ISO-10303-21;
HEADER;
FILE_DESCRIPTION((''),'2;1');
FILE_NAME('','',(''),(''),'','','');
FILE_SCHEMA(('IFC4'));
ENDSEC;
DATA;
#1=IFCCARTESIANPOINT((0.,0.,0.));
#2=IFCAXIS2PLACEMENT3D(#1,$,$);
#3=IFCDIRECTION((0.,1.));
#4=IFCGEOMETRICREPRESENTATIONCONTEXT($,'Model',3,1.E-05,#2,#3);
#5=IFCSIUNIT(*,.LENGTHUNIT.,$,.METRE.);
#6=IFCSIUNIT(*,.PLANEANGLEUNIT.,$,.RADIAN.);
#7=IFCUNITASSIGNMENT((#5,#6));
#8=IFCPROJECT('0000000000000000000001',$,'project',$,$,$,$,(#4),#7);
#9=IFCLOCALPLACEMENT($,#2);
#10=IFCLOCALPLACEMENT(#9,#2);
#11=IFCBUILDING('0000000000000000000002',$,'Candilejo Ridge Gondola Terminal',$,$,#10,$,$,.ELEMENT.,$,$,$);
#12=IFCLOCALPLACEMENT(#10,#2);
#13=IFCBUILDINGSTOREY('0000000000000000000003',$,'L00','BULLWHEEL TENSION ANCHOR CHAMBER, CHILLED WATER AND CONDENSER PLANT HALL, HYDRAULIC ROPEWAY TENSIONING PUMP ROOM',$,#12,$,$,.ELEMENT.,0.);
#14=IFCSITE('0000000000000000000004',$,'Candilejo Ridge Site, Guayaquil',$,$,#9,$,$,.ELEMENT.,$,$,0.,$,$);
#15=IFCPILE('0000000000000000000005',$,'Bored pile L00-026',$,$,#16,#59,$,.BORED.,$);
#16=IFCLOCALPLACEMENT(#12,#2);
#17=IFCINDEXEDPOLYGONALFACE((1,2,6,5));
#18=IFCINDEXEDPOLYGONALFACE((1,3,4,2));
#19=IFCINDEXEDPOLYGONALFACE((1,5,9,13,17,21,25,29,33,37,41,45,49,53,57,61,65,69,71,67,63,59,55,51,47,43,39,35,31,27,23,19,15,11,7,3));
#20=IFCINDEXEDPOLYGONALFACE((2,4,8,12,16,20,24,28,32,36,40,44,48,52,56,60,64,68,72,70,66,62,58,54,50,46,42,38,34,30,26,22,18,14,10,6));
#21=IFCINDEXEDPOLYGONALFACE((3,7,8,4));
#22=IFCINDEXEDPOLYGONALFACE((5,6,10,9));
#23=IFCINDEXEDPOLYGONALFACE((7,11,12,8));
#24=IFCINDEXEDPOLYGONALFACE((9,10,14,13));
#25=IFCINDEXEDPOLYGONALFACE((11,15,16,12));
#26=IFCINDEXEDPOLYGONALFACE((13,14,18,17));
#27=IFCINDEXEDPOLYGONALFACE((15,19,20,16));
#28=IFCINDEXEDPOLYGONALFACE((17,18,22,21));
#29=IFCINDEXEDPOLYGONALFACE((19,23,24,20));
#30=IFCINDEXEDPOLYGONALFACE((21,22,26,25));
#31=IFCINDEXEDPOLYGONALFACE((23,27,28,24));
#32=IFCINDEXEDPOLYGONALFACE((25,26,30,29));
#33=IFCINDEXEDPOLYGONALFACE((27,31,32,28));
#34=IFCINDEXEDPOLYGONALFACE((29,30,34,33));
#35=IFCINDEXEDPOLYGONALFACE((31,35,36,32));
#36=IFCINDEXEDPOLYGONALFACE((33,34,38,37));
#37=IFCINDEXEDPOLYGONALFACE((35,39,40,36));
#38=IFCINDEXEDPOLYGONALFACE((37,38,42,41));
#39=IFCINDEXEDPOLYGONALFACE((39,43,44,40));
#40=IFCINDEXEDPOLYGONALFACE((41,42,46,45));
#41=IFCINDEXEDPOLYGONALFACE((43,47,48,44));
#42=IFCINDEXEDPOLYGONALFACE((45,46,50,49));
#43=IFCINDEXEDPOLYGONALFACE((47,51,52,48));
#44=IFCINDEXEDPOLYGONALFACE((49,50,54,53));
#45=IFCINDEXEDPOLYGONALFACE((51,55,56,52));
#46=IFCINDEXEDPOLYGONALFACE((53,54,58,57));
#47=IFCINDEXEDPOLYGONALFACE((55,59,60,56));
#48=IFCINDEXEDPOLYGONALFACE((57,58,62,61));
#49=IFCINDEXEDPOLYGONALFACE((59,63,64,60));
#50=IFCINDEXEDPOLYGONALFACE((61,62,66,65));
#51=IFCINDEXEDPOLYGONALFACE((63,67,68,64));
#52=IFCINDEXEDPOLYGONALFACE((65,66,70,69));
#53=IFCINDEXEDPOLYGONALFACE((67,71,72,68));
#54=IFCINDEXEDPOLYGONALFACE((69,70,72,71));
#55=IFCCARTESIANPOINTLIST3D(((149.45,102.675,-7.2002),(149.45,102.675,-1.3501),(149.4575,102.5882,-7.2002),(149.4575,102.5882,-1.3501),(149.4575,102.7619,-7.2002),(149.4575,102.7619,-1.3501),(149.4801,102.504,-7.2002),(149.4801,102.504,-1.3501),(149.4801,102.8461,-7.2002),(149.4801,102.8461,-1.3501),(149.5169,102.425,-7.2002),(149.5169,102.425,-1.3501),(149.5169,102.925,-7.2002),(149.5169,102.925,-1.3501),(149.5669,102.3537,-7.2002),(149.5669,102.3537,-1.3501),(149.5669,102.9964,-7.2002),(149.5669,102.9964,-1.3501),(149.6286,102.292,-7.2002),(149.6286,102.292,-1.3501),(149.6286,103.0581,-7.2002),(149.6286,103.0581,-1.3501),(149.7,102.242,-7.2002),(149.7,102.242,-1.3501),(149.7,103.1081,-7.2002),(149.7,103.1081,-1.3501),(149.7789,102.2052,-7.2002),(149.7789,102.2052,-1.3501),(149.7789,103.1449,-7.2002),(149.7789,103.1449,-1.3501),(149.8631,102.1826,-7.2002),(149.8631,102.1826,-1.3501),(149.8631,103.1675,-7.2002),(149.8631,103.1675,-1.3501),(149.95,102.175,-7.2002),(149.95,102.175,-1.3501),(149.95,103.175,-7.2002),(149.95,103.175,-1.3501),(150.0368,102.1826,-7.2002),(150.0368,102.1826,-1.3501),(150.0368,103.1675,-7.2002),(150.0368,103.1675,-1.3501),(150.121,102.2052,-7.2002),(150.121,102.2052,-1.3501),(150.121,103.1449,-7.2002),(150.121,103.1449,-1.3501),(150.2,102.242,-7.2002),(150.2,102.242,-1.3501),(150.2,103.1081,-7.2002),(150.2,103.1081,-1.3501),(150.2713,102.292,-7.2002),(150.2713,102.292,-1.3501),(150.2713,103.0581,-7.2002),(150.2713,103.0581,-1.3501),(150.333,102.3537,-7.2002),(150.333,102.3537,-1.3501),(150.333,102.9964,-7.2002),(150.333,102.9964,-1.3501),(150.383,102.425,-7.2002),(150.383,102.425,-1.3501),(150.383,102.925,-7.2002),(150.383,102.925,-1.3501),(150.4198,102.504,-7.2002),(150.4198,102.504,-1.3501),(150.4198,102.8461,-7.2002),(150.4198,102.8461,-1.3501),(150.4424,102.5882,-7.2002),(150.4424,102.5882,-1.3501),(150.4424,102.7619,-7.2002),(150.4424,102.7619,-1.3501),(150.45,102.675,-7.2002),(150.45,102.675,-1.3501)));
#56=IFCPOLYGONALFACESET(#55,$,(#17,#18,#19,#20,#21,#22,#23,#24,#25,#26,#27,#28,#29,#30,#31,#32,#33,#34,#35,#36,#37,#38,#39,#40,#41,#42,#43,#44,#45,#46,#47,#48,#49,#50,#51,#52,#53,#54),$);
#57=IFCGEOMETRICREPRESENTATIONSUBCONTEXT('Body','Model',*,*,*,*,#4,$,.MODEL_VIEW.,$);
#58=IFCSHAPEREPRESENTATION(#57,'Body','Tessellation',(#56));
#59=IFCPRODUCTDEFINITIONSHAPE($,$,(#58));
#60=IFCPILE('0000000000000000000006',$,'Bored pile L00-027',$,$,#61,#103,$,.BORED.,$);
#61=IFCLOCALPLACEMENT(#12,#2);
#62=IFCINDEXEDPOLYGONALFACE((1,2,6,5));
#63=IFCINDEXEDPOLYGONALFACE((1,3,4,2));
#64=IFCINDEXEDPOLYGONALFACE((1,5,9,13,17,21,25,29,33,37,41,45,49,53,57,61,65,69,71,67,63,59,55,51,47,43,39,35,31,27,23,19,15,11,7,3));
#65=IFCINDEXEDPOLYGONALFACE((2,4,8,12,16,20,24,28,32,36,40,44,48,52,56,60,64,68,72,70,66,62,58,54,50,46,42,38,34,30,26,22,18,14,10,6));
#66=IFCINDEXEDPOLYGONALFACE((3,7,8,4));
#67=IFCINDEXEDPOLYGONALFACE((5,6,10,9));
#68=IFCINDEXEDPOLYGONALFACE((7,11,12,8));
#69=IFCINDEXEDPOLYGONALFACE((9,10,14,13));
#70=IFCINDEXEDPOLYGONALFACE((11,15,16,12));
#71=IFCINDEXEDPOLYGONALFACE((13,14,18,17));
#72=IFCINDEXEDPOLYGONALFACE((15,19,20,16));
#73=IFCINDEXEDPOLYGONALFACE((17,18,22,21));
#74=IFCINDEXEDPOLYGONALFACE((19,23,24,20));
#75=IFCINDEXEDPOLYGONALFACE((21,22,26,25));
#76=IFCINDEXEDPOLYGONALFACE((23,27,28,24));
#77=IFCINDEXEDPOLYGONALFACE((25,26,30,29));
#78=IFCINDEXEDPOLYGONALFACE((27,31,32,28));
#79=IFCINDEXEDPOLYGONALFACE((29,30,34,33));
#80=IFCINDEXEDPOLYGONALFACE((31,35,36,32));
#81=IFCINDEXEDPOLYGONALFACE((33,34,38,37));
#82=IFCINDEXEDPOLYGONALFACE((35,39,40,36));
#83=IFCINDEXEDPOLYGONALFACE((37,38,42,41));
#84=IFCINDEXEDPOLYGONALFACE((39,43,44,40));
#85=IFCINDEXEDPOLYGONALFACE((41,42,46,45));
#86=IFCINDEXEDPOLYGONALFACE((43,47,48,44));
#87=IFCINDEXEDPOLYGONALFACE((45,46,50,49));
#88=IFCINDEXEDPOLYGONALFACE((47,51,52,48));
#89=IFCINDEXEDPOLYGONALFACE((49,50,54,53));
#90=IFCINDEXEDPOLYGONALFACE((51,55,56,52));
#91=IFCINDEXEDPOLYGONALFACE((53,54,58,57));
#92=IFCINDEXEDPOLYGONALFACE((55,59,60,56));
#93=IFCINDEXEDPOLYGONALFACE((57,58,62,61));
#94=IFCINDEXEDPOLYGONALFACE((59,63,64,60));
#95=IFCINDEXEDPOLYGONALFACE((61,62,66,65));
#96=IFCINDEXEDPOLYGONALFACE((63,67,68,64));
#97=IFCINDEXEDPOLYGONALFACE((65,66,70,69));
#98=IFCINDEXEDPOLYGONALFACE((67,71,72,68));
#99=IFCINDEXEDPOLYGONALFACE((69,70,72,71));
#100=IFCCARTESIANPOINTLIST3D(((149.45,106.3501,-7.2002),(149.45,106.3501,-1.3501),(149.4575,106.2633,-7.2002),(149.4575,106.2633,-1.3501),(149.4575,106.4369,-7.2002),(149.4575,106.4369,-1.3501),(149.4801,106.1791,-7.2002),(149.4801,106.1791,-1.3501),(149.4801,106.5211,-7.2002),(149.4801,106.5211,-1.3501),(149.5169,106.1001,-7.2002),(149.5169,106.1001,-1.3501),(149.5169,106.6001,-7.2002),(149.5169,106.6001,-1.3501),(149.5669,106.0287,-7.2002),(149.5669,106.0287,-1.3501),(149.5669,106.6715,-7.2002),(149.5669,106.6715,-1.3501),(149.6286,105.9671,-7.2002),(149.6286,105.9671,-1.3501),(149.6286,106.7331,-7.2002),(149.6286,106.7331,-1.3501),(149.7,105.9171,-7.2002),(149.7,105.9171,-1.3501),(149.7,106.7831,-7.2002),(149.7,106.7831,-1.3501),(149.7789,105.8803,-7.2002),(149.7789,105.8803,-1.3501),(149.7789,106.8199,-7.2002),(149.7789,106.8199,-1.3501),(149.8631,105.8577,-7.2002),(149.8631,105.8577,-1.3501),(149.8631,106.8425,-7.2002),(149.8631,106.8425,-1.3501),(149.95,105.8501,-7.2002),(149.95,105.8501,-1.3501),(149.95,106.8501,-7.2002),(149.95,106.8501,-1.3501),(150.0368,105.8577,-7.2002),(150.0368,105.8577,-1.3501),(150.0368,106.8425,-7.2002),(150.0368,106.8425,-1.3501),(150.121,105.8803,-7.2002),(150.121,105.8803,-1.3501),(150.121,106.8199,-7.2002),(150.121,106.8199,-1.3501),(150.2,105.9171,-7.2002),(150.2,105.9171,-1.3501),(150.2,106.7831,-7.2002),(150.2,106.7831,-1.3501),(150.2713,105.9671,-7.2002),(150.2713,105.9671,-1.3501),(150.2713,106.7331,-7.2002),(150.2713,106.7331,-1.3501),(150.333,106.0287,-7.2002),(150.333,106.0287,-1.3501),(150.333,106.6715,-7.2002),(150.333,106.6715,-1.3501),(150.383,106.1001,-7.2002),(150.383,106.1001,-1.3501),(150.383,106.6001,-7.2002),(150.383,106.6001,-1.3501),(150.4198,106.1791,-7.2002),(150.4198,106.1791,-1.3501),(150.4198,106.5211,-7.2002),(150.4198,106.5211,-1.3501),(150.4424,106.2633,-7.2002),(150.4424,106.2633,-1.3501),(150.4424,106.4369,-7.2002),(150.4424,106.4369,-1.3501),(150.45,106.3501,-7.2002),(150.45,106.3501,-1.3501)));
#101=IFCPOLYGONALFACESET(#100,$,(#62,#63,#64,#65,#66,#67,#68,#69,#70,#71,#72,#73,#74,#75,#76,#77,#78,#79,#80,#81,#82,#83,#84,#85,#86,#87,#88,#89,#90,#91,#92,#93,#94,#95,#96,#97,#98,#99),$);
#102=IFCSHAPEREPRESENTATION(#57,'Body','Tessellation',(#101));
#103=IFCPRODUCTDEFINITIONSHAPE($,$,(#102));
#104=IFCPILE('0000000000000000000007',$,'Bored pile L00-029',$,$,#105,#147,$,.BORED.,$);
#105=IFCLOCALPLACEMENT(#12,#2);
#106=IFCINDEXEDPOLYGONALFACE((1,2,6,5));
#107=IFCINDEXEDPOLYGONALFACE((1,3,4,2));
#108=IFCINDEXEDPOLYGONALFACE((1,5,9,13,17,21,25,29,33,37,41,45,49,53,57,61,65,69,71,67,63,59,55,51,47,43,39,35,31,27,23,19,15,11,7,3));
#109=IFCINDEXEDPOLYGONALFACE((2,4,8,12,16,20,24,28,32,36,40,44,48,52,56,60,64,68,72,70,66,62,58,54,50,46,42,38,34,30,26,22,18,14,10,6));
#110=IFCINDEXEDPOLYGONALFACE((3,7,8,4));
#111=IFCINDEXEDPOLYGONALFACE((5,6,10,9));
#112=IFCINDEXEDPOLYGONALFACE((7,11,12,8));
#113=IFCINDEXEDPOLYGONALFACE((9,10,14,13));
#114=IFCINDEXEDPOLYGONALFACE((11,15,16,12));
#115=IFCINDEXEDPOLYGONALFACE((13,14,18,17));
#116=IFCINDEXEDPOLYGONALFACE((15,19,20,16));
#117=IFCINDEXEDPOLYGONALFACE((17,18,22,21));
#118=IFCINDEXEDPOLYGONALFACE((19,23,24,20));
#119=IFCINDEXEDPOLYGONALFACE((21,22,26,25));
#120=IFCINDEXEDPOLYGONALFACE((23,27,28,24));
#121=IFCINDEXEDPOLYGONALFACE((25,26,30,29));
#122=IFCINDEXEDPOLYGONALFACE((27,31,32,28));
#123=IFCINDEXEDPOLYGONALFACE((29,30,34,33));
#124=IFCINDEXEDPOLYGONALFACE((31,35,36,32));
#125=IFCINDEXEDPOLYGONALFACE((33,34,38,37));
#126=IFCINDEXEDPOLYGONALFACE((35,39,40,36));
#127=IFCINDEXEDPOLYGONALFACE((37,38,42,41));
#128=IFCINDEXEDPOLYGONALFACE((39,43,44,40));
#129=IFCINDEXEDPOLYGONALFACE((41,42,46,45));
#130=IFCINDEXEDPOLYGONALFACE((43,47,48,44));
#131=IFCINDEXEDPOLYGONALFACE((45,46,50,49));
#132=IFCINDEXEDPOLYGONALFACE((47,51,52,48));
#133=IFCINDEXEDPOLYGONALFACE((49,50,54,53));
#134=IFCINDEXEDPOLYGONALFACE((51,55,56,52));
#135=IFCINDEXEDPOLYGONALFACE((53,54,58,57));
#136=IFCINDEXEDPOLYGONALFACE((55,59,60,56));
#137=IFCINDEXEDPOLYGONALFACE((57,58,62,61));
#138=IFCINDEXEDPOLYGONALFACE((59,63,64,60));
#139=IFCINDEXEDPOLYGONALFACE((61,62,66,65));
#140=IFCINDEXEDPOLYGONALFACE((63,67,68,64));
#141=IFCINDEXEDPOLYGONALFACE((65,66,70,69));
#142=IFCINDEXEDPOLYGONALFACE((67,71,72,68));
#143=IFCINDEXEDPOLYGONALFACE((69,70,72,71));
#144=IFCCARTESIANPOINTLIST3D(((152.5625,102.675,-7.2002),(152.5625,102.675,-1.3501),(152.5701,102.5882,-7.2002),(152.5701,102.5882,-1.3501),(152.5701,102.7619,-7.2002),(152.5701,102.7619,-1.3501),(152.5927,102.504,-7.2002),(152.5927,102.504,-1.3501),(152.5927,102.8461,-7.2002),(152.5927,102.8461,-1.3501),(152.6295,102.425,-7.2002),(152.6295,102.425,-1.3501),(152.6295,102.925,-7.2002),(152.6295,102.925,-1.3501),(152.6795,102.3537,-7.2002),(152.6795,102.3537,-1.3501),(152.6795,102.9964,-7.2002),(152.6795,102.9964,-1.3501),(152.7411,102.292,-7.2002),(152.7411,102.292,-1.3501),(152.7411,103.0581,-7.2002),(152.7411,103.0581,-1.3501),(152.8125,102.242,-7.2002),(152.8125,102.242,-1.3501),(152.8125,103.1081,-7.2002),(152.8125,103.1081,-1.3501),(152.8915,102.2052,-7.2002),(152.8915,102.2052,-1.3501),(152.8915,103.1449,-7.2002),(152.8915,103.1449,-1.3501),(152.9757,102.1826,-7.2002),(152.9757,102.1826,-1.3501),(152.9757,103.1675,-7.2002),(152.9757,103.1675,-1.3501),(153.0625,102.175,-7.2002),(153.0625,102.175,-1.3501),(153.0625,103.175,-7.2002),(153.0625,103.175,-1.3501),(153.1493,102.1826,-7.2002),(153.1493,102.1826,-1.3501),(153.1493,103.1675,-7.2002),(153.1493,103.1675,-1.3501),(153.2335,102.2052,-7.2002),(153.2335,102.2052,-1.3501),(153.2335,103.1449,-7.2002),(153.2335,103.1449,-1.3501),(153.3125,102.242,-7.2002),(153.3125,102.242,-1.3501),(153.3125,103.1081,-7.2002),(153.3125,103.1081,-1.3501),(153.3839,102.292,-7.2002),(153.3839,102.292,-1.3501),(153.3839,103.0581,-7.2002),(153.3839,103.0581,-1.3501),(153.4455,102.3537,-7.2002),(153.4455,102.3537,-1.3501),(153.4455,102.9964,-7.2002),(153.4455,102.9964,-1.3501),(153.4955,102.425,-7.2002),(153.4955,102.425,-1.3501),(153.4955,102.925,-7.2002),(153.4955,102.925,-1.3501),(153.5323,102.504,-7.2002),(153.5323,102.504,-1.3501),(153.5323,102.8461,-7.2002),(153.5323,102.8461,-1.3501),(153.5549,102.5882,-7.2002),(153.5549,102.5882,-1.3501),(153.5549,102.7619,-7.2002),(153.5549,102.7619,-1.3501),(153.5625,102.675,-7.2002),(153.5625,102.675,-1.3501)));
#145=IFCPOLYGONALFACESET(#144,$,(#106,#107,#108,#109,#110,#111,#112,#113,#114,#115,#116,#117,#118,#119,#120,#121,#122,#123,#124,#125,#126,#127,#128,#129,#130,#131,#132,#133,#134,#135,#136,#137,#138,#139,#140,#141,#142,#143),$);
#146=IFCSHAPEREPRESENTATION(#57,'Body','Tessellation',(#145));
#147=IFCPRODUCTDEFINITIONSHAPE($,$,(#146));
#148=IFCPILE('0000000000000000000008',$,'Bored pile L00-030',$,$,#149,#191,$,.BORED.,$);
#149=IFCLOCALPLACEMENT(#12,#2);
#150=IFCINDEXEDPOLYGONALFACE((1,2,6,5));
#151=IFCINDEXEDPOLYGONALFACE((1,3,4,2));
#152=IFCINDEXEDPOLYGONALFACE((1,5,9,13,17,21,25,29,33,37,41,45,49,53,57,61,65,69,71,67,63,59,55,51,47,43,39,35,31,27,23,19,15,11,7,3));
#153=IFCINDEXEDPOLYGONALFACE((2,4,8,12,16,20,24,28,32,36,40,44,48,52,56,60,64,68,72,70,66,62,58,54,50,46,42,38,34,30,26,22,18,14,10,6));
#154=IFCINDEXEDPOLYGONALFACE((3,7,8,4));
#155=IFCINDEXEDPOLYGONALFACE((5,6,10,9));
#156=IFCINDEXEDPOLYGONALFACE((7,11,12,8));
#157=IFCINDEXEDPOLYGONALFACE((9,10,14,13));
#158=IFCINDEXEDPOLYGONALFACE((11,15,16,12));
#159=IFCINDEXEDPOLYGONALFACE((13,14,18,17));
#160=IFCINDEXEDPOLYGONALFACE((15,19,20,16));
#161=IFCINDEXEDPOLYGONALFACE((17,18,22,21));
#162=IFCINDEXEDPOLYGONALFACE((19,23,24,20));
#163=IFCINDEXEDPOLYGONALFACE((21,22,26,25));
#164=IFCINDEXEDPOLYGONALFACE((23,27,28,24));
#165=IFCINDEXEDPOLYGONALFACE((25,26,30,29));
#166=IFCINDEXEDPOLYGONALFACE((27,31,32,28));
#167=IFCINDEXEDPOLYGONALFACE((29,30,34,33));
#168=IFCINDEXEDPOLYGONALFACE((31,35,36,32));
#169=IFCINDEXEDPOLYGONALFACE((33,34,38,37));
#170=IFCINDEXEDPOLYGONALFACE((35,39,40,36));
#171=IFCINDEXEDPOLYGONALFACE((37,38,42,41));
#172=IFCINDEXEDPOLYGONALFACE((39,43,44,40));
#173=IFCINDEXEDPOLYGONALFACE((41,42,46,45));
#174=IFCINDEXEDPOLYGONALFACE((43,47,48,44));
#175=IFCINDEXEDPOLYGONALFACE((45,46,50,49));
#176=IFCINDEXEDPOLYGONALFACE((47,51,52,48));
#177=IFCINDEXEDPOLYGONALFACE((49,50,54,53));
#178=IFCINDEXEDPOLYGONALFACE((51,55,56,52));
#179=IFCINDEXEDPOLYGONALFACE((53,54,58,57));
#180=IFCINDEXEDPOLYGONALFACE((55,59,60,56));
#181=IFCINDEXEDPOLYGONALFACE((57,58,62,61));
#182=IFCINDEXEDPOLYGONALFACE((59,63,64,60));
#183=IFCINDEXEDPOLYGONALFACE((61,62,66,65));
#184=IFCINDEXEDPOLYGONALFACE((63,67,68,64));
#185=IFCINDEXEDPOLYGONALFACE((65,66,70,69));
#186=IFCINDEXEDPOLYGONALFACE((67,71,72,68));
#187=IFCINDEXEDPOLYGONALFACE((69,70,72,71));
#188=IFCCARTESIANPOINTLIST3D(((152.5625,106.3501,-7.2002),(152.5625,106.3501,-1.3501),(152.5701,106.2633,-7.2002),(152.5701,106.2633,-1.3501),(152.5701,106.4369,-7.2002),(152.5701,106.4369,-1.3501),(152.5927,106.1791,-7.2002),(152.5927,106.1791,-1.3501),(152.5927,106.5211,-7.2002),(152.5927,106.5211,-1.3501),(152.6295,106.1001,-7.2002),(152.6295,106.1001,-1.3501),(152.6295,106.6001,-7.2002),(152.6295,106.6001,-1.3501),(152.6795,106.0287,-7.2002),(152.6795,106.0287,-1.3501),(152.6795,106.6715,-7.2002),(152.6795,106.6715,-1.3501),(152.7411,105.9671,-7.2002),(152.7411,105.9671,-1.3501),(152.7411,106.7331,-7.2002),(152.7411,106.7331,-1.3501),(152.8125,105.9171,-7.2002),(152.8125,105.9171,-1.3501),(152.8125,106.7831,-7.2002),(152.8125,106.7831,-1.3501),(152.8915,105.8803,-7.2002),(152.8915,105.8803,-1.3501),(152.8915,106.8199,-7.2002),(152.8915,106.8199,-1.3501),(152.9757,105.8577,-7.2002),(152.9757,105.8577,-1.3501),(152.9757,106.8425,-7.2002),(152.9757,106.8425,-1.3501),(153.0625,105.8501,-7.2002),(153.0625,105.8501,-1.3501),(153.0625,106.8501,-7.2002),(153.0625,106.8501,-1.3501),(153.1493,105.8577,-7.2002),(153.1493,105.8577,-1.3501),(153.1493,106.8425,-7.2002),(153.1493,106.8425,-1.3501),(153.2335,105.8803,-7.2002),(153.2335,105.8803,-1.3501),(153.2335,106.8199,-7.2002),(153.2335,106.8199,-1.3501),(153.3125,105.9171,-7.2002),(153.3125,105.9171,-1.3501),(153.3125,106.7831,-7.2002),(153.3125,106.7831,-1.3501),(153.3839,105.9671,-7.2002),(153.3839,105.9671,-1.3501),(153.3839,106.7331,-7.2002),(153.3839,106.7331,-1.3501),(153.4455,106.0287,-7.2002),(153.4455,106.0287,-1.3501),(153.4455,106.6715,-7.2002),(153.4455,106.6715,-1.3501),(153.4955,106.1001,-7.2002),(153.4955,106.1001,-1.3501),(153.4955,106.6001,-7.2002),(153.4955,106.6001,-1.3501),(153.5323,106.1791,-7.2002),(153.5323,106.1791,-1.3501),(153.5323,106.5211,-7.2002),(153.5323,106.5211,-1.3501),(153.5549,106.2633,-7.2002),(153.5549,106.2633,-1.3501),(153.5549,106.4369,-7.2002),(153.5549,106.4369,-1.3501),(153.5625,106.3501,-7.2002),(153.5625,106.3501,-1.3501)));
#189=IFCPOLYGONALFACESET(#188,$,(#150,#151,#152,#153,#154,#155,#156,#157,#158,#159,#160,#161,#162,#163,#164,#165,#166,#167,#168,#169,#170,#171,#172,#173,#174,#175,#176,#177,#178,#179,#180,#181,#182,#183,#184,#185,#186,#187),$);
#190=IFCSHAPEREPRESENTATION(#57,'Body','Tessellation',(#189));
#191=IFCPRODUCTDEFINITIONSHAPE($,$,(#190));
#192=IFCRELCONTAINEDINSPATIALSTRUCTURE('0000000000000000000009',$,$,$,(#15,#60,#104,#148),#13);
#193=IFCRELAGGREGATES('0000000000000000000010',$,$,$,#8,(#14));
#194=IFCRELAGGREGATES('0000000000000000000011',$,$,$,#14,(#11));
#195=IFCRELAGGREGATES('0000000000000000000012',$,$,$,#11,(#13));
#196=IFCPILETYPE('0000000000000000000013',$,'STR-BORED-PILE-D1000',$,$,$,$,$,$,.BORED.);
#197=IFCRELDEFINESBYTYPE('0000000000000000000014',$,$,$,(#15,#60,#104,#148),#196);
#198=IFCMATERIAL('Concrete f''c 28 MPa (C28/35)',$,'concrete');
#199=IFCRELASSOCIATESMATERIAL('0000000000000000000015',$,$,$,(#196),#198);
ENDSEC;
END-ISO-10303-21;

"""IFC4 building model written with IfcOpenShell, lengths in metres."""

from ifc_helpers import new_model, si_unit, direction, frame, origin, origin_2d, place, context, subcontext, project, spatial, circle, extrude, material, material_profile, profile_set, type_object, element, save


model = new_model("IFC4")

# Units and contexts
model_context = context("Model", 3, precision=1e-05, world=origin(), true_north=direction((0.0, 1.0)))
body_context = subcontext(model_context, "Body", "Model", "MODEL_VIEW")
ifc_project = project(units=[si_unit("LENGTHUNIT", "METRE"), si_unit("PLANEANGLEUNIT", "RADIAN")], contexts=[model_context])

# Site, building, storey
site_placement = place(None, origin())
site = spatial("IfcSite", under=ifc_project, at=site_placement, Name="Candilejo Ridge Site, Guayaquil", CompositionType="ELEMENT", RefElevation=0.0)
building_placement = place(site_placement, origin())
building = spatial("IfcBuilding", under=site, at=building_placement, Name="Candilejo Ridge Gondola Terminal", CompositionType="ELEMENT")
storey_placement = place(building_placement, origin())
storey = spatial("IfcBuildingStorey", under=building, at=storey_placement, Name="L00", Description="BULLWHEEL TENSION ANCHOR CHAMBER, CHILLED WATER AND CONDENSER PLANT HALL, HYDRAULIC ROPEWAY TENSIONING PUMP ROOM", CompositionType="ELEMENT", Elevation=0.0)

# Piles
ifc_material_1 = material(Name="Concrete f'c 28 MPa (C28/35)", Category="concrete")
ifc_material_profile_1 = material_profile(ifc_material_1, circle(Radius=0.5, at=origin_2d()))
ifc_profile_set_1 = profile_set([ifc_material_profile_1], Name="Concrete f'c 28 MPa (C28/35)")
pile_type = type_object("IfcPileType", Name="STR-BORED-PILE-D1000", PredefinedType="BORED", material=ifc_profile_set_1)
for number, where, z_axis, x_axis, name in (
    (1, (149.95, 102.675, -1.3501), (0.0, 0.0, -1.0), (1.0, 0.0, 0.0), "Bored pile L00-026"),
    (2, (149.95, 106.3501, -1.3501), (0.0, 0.0, -1.0), (1.0, 0.0, 0.0), "Bored pile L00-027"),
    (3, (153.0625, 102.675, -1.3501), (0.0, 0.0, -1.0), (1.0, 0.0, 0.0), "Bored pile L00-029"),
    (4, (153.0625, 106.3501, -1.3501), (0.0, 0.0, -1.0), (1.0, 0.0, 0.0), "Bored pile L00-030"),
):
    element("IfcPile", number, at=place(storey_placement, frame(where, z_axis=z_axis, x_axis=x_axis)), inside=storey, type_object=pile_type, Name=name, PredefinedType="BORED", context=body_context, shape_type="SweptSolid", body=[
        extrude(circle(Radius=0.5, at=origin_2d()), origin(), (0.0, 0.0, 1.0), 5.8501),
    ])

save(model, "model.ifc")
